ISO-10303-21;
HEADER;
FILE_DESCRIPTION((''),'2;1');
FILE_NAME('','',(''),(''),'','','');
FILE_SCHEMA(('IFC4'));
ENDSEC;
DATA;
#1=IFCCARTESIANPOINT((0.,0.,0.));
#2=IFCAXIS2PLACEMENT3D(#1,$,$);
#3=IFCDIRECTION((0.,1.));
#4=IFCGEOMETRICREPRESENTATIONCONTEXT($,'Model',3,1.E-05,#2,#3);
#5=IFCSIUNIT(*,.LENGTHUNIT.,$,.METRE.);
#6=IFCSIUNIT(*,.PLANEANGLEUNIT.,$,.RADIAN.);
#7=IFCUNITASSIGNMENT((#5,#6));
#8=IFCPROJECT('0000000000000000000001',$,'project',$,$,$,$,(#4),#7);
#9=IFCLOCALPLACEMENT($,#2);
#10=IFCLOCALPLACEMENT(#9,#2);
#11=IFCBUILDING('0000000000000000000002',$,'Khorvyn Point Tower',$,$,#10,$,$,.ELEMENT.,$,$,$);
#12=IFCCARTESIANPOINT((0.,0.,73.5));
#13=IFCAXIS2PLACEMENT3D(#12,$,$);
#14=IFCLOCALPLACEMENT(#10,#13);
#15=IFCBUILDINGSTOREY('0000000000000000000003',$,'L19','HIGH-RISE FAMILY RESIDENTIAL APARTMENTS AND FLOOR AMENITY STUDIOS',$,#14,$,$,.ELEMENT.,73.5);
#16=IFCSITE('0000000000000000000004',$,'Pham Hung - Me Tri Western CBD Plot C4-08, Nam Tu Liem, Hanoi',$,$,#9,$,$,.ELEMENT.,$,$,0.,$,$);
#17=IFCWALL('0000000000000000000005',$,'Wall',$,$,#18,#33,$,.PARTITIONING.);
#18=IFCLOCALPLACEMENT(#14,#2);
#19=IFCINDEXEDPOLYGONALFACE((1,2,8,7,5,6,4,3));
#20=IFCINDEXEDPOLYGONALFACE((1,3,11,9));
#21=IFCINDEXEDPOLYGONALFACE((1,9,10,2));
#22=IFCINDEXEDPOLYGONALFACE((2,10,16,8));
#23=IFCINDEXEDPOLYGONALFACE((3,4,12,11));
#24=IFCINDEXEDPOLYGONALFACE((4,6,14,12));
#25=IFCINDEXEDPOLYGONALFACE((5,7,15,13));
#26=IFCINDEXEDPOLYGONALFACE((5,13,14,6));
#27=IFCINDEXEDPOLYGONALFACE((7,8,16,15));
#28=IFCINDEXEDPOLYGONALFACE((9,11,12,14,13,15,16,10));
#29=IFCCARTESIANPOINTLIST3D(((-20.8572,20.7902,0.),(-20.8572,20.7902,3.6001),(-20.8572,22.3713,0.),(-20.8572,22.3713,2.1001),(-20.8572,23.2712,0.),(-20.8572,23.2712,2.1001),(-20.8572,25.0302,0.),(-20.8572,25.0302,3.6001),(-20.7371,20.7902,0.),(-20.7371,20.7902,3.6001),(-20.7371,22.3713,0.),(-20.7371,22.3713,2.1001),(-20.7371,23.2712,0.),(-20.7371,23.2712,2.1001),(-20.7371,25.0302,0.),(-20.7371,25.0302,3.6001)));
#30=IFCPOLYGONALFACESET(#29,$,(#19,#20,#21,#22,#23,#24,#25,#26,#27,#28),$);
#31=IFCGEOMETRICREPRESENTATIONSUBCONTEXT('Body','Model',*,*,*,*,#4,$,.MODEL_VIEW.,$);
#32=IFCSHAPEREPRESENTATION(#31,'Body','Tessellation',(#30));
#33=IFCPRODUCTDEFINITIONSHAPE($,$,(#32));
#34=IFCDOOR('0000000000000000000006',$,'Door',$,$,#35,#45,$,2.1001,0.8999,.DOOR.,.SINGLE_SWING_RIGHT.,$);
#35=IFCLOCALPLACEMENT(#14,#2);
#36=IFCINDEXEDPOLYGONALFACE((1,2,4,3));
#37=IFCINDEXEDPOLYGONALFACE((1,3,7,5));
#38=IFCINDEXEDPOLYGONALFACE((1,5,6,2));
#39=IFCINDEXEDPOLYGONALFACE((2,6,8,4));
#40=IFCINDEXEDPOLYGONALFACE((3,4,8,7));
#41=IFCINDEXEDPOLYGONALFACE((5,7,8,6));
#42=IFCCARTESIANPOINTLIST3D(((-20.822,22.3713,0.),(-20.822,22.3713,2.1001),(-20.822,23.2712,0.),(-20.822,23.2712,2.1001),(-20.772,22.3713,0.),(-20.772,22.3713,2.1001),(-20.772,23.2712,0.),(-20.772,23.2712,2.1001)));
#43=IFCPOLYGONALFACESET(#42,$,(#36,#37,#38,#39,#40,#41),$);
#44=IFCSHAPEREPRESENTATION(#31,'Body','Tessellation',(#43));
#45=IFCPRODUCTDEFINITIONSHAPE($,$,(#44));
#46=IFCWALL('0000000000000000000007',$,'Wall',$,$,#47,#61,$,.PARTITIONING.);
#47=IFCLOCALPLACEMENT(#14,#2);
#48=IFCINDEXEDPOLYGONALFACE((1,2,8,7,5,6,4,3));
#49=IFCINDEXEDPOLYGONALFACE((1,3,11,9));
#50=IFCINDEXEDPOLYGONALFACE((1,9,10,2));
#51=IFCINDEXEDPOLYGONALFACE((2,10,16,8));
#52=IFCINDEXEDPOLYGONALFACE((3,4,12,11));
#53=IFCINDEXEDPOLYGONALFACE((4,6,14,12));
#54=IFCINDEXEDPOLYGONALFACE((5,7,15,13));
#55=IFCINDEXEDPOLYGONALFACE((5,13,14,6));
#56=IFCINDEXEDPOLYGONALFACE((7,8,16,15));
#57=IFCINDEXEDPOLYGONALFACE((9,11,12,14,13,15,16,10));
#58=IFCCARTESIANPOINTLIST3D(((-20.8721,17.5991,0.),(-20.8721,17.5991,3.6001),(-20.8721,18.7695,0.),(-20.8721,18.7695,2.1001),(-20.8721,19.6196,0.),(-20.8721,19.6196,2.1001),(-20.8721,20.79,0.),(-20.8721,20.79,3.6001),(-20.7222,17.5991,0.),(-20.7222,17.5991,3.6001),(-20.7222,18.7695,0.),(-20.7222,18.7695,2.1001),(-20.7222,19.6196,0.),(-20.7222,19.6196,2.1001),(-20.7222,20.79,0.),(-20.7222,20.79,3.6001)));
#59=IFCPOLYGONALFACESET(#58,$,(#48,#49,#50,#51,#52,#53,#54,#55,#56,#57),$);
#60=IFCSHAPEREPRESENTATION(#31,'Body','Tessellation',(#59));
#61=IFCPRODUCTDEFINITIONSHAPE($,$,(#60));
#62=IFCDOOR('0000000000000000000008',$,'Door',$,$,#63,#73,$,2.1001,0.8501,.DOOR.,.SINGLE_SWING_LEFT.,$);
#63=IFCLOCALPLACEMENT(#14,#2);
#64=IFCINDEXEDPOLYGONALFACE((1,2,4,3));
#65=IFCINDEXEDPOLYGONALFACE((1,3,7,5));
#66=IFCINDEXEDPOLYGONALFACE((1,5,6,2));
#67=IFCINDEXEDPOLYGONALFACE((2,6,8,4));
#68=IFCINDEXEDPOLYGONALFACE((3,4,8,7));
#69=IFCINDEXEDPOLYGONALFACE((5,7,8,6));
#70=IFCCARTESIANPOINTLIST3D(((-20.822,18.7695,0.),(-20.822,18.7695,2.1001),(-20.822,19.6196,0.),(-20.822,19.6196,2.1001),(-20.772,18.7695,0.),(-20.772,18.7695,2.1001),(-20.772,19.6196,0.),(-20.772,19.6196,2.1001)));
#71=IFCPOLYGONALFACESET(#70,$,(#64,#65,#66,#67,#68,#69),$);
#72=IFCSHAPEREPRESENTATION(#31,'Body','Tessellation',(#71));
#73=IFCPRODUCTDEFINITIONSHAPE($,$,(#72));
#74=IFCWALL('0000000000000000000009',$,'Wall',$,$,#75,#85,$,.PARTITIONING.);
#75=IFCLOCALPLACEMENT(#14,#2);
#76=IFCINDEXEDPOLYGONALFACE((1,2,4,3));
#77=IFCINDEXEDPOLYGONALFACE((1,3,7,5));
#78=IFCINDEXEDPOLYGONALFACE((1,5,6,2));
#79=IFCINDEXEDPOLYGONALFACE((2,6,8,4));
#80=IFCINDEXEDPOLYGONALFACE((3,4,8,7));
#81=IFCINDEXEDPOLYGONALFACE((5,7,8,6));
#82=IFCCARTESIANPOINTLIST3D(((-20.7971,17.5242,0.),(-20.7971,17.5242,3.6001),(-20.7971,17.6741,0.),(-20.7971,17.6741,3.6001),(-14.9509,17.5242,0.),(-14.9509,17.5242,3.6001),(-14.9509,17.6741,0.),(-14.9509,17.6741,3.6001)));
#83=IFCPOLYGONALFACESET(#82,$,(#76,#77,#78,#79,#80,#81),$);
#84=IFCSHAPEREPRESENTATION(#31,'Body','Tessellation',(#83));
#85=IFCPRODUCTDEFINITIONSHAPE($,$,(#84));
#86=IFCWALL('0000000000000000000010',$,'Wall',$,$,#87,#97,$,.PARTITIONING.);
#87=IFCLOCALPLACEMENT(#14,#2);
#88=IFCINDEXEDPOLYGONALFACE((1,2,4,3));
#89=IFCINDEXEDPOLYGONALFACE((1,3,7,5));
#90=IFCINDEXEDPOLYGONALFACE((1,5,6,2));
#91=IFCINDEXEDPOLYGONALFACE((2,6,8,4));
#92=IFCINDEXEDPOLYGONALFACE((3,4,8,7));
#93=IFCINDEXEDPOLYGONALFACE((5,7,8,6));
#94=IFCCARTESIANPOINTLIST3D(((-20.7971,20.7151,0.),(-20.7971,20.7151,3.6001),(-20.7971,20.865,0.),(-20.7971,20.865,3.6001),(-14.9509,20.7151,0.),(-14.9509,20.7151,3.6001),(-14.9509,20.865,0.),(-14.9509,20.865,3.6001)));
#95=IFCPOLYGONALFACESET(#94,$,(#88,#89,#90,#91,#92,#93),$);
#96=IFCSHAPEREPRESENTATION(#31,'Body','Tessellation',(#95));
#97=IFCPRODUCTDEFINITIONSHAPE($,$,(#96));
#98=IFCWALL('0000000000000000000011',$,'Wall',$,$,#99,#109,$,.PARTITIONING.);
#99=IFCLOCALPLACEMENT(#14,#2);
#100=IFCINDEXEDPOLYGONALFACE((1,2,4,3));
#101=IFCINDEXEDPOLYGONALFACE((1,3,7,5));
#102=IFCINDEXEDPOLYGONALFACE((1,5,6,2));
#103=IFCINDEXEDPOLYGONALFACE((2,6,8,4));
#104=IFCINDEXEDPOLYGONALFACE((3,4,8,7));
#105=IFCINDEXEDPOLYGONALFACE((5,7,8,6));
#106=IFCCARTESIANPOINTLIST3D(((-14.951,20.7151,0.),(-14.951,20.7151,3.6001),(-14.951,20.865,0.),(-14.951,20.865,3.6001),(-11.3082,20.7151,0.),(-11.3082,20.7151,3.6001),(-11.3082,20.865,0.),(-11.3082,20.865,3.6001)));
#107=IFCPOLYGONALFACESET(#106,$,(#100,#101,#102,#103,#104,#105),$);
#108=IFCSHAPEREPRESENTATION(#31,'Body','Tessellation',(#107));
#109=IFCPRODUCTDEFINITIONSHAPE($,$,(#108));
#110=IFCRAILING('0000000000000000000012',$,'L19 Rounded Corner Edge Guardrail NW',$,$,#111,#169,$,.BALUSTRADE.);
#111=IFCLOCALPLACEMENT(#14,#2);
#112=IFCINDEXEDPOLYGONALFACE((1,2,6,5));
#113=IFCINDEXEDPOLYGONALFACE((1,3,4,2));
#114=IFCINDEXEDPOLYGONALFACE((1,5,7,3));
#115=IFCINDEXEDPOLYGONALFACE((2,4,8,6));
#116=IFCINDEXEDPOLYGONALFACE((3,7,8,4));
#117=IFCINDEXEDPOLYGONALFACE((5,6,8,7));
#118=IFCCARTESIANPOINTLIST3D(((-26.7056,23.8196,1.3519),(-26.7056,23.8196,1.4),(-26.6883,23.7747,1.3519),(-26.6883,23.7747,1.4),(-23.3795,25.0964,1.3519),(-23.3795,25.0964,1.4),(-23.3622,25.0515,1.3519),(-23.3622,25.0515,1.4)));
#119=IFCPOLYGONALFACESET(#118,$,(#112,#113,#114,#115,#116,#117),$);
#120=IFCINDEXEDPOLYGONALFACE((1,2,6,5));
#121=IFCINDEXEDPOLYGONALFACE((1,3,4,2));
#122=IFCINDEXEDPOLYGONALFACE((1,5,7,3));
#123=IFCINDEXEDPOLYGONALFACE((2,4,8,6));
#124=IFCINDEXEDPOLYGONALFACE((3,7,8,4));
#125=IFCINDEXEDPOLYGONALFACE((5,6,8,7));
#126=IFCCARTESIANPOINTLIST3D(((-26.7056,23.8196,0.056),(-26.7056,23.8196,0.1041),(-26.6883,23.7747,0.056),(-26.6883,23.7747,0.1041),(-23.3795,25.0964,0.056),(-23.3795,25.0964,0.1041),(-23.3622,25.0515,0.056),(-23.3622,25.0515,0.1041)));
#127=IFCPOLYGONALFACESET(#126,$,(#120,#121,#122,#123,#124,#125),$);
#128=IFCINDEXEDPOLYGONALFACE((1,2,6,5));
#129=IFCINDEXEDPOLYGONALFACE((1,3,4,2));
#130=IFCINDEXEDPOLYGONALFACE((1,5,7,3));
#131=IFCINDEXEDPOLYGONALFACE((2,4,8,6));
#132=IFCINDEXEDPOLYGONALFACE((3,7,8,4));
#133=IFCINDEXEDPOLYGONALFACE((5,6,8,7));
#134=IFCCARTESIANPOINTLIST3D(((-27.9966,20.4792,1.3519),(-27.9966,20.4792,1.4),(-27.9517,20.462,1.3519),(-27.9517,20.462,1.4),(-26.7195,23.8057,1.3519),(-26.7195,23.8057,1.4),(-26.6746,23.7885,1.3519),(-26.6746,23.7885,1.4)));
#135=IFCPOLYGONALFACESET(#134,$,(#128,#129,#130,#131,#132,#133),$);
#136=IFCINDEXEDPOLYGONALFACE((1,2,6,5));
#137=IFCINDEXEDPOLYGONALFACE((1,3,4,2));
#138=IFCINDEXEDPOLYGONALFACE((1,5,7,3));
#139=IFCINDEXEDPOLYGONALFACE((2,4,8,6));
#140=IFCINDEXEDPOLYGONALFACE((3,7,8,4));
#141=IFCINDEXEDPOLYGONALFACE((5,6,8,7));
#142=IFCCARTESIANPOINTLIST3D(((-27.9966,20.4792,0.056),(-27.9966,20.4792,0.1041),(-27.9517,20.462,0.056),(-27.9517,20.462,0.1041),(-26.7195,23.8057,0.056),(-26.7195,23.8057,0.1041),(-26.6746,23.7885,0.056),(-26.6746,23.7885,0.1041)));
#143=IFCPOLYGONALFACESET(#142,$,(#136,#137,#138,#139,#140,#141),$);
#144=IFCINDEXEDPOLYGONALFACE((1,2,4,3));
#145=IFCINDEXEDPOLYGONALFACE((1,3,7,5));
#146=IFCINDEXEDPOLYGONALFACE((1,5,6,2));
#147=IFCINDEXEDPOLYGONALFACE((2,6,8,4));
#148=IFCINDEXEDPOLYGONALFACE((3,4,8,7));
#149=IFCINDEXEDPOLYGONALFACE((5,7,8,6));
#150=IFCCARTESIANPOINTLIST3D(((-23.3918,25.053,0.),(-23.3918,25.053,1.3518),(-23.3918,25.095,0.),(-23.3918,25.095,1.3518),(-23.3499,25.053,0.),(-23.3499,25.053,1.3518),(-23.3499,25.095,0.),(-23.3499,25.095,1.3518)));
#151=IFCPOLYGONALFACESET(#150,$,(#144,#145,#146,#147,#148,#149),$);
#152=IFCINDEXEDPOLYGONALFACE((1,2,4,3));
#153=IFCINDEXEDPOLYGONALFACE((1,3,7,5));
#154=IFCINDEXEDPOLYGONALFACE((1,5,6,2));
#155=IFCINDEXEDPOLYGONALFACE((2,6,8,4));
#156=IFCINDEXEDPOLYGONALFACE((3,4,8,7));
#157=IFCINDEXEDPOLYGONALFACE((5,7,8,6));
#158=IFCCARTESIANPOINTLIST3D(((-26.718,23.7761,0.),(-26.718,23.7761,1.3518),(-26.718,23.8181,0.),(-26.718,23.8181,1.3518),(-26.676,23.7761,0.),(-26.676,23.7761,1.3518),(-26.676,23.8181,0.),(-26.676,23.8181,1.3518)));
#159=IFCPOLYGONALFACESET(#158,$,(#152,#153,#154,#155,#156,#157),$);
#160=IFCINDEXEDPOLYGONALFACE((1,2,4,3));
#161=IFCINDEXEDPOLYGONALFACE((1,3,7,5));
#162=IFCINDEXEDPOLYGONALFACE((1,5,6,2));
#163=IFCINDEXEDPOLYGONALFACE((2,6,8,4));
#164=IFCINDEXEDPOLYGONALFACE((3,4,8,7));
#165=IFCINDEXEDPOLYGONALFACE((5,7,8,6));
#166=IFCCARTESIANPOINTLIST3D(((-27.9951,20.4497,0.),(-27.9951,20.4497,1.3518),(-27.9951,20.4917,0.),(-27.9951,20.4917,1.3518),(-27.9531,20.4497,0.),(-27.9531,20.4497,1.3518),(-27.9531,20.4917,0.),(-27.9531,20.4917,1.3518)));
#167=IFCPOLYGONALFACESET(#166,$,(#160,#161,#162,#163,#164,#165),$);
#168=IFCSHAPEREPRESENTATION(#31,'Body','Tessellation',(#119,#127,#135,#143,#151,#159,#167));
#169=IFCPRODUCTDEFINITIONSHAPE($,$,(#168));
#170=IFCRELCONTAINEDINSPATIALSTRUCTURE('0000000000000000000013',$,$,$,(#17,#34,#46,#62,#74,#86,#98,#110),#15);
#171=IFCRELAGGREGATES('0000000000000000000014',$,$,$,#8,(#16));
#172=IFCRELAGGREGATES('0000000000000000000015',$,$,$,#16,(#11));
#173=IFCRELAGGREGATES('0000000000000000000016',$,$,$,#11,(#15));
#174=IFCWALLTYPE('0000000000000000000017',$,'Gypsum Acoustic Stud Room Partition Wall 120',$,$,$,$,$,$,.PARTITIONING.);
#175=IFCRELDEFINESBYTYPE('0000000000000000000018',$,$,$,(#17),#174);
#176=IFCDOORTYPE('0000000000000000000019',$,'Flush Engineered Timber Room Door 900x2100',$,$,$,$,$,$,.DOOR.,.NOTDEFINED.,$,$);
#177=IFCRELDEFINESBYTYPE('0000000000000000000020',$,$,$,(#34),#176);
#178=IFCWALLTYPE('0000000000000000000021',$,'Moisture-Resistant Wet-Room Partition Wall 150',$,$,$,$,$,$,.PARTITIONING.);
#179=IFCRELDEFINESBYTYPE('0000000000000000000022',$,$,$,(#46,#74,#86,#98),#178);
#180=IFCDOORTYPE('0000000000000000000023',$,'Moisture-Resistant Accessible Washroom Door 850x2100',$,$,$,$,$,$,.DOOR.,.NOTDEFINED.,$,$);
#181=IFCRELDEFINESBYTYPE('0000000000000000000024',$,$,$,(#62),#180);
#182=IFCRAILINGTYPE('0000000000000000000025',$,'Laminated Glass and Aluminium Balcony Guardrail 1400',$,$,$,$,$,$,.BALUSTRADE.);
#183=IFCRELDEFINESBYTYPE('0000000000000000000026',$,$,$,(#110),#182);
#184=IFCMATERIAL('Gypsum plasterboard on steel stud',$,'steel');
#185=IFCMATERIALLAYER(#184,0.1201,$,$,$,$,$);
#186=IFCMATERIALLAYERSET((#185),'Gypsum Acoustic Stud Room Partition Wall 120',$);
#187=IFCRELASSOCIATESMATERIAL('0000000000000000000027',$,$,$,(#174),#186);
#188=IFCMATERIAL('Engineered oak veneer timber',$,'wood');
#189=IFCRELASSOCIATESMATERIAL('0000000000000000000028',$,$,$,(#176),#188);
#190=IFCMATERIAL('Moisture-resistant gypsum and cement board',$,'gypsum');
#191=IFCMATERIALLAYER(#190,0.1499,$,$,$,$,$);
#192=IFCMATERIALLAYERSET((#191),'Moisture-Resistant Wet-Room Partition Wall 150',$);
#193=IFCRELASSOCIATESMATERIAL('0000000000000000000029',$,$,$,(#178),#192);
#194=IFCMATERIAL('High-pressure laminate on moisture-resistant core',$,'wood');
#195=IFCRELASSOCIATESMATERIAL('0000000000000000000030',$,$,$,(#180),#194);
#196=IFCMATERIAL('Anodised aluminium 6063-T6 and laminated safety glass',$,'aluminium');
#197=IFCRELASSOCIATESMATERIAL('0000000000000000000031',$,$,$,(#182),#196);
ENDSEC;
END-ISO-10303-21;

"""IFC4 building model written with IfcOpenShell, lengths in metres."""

from ifc_helpers import new_model, si_unit, direction, frame, frame_2d, origin, origin_2d, place, context, subcontext, project, spatial, rectangle, extrude, material, layer, layer_set, type_object, element, fill, save


model = new_model("IFC4")

# Units and contexts
model_context = context("Model", 3, precision=1e-05, world=origin(), true_north=direction((0.0, 1.0)))
body_context = subcontext(model_context, "Body", "Model", "MODEL_VIEW")
ifc_project = project(units=[si_unit("LENGTHUNIT", "METRE"), si_unit("PLANEANGLEUNIT", "RADIAN")], contexts=[model_context])

# Site, building, storey
site_placement = place(None, origin())
site = spatial("IfcSite", under=ifc_project, at=site_placement, Name="Pham Hung - Me Tri Western CBD Plot C4-08, Nam Tu Liem, Hanoi", CompositionType="ELEMENT", RefElevation=0.0)
building_placement = place(site_placement, origin())
building = spatial("IfcBuilding", under=site, at=building_placement, Name="Khorvyn Point Tower", CompositionType="ELEMENT")
storey_placement = place(building_placement, frame((0.0, 0.0, 73.5)))
storey = spatial("IfcBuildingStorey", under=building, at=storey_placement, Name="L19", Description="HIGH-RISE FAMILY RESIDENTIAL APARTMENTS AND FLOOR AMENITY STUDIOS", CompositionType="ELEMENT", Elevation=73.5)

# Walls, openings, doors
ifc_material_1 = material(Name="Gypsum plasterboard on steel stud", Category="steel")
ifc_layer_1 = layer(ifc_material_1, 0.1201)
ifc_layer_set_1 = layer_set([ifc_layer_1], Name="Gypsum Acoustic Stud Room Partition Wall 120")
wall_type_1 = type_object("IfcWallType", Name="Gypsum Acoustic Stud Room Partition Wall 120", PredefinedType="PARTITIONING", material=ifc_layer_set_1)
wall_1_placement = place(storey_placement, frame((-20.7971, 20.79, 0.0), z_axis=(0.0, 0.0, 1.0), x_axis=(0.0, 1.0, 0.0)))
wall_1 = element("IfcWall", 1, at=wall_1_placement, inside=storey, type_object=wall_type_1, Name="Wall", PredefinedType="PARTITIONING", context=body_context, shape_type="SweptSolid", body=[
    extrude(rectangle(XDim=4.24, YDim=0.1201, at=frame_2d((2.1201, 0.0))), origin(), (0.0, 0.0, 1.0), 3.6001),
])
opening_1_placement = place(wall_1_placement, frame((1.5813, 0.0, 0.0)))
opening_1 = element("IfcOpeningElement", 2, at=opening_1_placement, cuts=wall_1, PredefinedType="OPENING", context=body_context, shape_type="SweptSolid", body=[
    extrude(rectangle(XDim=0.8999, YDim=2.1001, at=frame_2d((0.45, 1.05))), frame((0.0, 0.0701, 0.0), z_axis=(0.0, -1.0, 0.0), x_axis=(1.0, 0.0, 0.0)), (0.0, 0.0, 1.0), 0.1401),
])
ifc_material_2 = material(Name="Engineered oak veneer timber", Category="wood")
door_type_1 = type_object("IfcDoorType", Name="Flush Engineered Timber Room Door 900x2100", OperationType="NOTDEFINED", PredefinedType="DOOR", material=ifc_material_2)
door_1_placement = place(opening_1_placement, origin())
door_1 = element("IfcDoor", 3, at=door_1_placement, inside=storey, type_object=door_type_1, Name="Door", OperationType="SINGLE_SWING_RIGHT", OverallHeight=2.1001, OverallWidth=0.8999, PredefinedType="DOOR", context=body_context, shape_type="SweptSolid", body=[
    extrude(rectangle(XDim=0.8999, YDim=2.1001, at=frame_2d((0.45, 1.05))), frame((0.0, 0.0249, 0.0), z_axis=(0.0, -1.0, 0.0), x_axis=(1.0, 0.0, 0.0)), (0.0, 0.0, 1.0), 0.05),
])
fill(opening_1, door_1)
ifc_material_3 = material(Name="Moisture-resistant gypsum and cement board", Category="gypsum")
ifc_layer_2 = layer(ifc_material_3, 0.1499)
ifc_layer_set_2 = layer_set([ifc_layer_2], Name="Moisture-Resistant Wet-Room Partition Wall 150")
wall_type_2 = type_object("IfcWallType", Name="Moisture-Resistant Wet-Room Partition Wall 150", PredefinedType="PARTITIONING", material=ifc_layer_set_2)
wall_2_placement = place(storey_placement, frame((-20.7971, 17.5991, 0.0), z_axis=(0.0, 0.0, 1.0), x_axis=(0.0, 1.0, 0.0)))
wall_2 = element("IfcWall", 4, at=wall_2_placement, inside=storey, type_object=wall_type_2, Name="Wall", PredefinedType="PARTITIONING", context=body_context, shape_type="SweptSolid", body=[
    extrude(rectangle(XDim=3.1909, YDim=0.1499, at=frame_2d((1.5955, 0.0))), origin(), (0.0, 0.0, 1.0), 3.6001),
])
opening_2_placement = place(wall_2_placement, frame((1.1704, 0.0, 0.0)))
opening_2 = element("IfcOpeningElement", 5, at=opening_2_placement, cuts=wall_2, PredefinedType="OPENING", context=body_context, shape_type="SweptSolid", body=[
    extrude(rectangle(XDim=0.8501, YDim=2.1001, at=frame_2d((0.425, 1.05))), frame((0.0, 0.085, 0.0), z_axis=(0.0, -1.0, 0.0), x_axis=(1.0, 0.0, 0.0)), (0.0, 0.0, 1.0), 0.1699),
])
ifc_material_4 = material(Name="High-pressure laminate on moisture-resistant core", Category="wood")
door_type_2 = type_object("IfcDoorType", Name="Moisture-Resistant Accessible Washroom Door 850x2100", OperationType="NOTDEFINED", PredefinedType="DOOR", material=ifc_material_4)
door_2_placement = place(opening_2_placement, origin())
door_2 = element("IfcDoor", 6, at=door_2_placement, inside=storey, type_object=door_type_2, Name="Door", OperationType="SINGLE_SWING_LEFT", OverallHeight=2.1001, OverallWidth=0.8501, PredefinedType="DOOR", context=body_context, shape_type="SweptSolid", body=[
    extrude(rectangle(XDim=0.8501, YDim=2.1001, at=frame_2d((0.425, 1.05))), frame((0.0, 0.0249, 0.0), z_axis=(0.0, -1.0, 0.0), x_axis=(1.0, 0.0, 0.0)), (0.0, 0.0, 1.0), 0.05),
])
fill(opening_2, door_2)

# Walls
for number, where, z_axis, x_axis, name in (
    (7, (-20.7971, 17.5991, 0.0), (0.0, 0.0, 1.0), (1.0, 0.0, 0.0), "Wall"),
    (8, (-20.7971, 20.79, 0.0), (0.0, 0.0, 1.0), (1.0, 0.0, 0.0), "Wall"),
):
    element("IfcWall", number, at=place(storey_placement, frame(where, z_axis=z_axis, x_axis=x_axis)), inside=storey, type_object=wall_type_2, Name=name, PredefinedType="PARTITIONING", context=body_context, shape_type="SweptSolid", body=[
        extrude(rectangle(XDim=5.8462, YDim=0.1499, at=frame_2d((2.9231, 0.0))), origin(), (0.0, 0.0, 1.0), 3.6001),
    ])
wall_3_placement = place(storey_placement, frame((-14.9509, 20.79, 0.0), z_axis=(0.0, 0.0, 1.0), x_axis=(1.0, 0.0, 0.0)))
element("IfcWall", 9, at=wall_3_placement, inside=storey, type_object=wall_type_2, Name="Wall", PredefinedType="PARTITIONING", context=body_context, shape_type="SweptSolid", body=[
    extrude(rectangle(XDim=3.6428, YDim=0.1499, at=frame_2d((1.8213, 0.0))), origin(), (0.0, 0.0, 1.0), 3.6001),
])

# Railing
ifc_material_5 = material(Name="Anodised aluminium 6063-T6 and laminated safety glass", Category="aluminium")
railing_type = type_object("IfcRailingType", Name="Laminated Glass and Aluminium Balcony Guardrail 1400", PredefinedType="BALUSTRADE", material=ifc_material_5)
railing_1_placement = place(storey_placement, frame((-23.3708, 25.074, 0.0)))
element("IfcRailing", 10, at=railing_1_placement, inside=storey, type_object=railing_type, Name="L19 Rounded Corner Edge Guardrail NW", PredefinedType="BALUSTRADE", context=body_context, shape_type="SweptSolid", body=[
    extrude(rectangle(XDim=0.0481, YDim=0.0481, at=origin_2d()), frame((0.0, 0.0, 1.376), z_axis=(-0.933575, -0.358382, 0.0), x_axis=(0.358382, -0.933575, 0.0)), (0.0, 0.0, 1.0), 3.5627),
    extrude(rectangle(XDim=0.0481, YDim=0.0481, at=origin_2d()), frame((0.0, 0.0, 0.0801), z_axis=(-0.933575, -0.358382, 0.0), x_axis=(0.358382, -0.933575, 0.0)), (0.0, 0.0, 1.0), 3.5627),
    extrude(rectangle(XDim=0.0481, YDim=0.0481, at=origin_2d()), frame((-3.3262, -1.2769, 1.376), z_axis=(-0.358419, -0.933561, 0.0), x_axis=(0.933561, -0.358419, 0.0)), (0.0, 0.0, 1.0), 3.5632),
    extrude(rectangle(XDim=0.0481, YDim=0.0481, at=origin_2d()), frame((-3.3262, -1.2769, 0.0801), z_axis=(-0.358419, -0.933561, 0.0), x_axis=(0.933561, -0.358419, 0.0)), (0.0, 0.0, 1.0), 3.5632),
    extrude(rectangle(XDim=0.042, YDim=0.042, at=origin_2d()), origin(), (0.0, 0.0, 1.0), 1.3518),
    extrude(rectangle(XDim=0.042, YDim=0.042, at=origin_2d()), frame((-3.3262, -1.2769, 0.0)), (0.0, 0.0, 1.0), 1.3518),
    extrude(rectangle(XDim=0.042, YDim=0.042, at=origin_2d()), frame((-4.6033, -4.6033, 0.0)), (0.0, 0.0, 1.0), 1.3518),
])

save(model, "model.ifc")
